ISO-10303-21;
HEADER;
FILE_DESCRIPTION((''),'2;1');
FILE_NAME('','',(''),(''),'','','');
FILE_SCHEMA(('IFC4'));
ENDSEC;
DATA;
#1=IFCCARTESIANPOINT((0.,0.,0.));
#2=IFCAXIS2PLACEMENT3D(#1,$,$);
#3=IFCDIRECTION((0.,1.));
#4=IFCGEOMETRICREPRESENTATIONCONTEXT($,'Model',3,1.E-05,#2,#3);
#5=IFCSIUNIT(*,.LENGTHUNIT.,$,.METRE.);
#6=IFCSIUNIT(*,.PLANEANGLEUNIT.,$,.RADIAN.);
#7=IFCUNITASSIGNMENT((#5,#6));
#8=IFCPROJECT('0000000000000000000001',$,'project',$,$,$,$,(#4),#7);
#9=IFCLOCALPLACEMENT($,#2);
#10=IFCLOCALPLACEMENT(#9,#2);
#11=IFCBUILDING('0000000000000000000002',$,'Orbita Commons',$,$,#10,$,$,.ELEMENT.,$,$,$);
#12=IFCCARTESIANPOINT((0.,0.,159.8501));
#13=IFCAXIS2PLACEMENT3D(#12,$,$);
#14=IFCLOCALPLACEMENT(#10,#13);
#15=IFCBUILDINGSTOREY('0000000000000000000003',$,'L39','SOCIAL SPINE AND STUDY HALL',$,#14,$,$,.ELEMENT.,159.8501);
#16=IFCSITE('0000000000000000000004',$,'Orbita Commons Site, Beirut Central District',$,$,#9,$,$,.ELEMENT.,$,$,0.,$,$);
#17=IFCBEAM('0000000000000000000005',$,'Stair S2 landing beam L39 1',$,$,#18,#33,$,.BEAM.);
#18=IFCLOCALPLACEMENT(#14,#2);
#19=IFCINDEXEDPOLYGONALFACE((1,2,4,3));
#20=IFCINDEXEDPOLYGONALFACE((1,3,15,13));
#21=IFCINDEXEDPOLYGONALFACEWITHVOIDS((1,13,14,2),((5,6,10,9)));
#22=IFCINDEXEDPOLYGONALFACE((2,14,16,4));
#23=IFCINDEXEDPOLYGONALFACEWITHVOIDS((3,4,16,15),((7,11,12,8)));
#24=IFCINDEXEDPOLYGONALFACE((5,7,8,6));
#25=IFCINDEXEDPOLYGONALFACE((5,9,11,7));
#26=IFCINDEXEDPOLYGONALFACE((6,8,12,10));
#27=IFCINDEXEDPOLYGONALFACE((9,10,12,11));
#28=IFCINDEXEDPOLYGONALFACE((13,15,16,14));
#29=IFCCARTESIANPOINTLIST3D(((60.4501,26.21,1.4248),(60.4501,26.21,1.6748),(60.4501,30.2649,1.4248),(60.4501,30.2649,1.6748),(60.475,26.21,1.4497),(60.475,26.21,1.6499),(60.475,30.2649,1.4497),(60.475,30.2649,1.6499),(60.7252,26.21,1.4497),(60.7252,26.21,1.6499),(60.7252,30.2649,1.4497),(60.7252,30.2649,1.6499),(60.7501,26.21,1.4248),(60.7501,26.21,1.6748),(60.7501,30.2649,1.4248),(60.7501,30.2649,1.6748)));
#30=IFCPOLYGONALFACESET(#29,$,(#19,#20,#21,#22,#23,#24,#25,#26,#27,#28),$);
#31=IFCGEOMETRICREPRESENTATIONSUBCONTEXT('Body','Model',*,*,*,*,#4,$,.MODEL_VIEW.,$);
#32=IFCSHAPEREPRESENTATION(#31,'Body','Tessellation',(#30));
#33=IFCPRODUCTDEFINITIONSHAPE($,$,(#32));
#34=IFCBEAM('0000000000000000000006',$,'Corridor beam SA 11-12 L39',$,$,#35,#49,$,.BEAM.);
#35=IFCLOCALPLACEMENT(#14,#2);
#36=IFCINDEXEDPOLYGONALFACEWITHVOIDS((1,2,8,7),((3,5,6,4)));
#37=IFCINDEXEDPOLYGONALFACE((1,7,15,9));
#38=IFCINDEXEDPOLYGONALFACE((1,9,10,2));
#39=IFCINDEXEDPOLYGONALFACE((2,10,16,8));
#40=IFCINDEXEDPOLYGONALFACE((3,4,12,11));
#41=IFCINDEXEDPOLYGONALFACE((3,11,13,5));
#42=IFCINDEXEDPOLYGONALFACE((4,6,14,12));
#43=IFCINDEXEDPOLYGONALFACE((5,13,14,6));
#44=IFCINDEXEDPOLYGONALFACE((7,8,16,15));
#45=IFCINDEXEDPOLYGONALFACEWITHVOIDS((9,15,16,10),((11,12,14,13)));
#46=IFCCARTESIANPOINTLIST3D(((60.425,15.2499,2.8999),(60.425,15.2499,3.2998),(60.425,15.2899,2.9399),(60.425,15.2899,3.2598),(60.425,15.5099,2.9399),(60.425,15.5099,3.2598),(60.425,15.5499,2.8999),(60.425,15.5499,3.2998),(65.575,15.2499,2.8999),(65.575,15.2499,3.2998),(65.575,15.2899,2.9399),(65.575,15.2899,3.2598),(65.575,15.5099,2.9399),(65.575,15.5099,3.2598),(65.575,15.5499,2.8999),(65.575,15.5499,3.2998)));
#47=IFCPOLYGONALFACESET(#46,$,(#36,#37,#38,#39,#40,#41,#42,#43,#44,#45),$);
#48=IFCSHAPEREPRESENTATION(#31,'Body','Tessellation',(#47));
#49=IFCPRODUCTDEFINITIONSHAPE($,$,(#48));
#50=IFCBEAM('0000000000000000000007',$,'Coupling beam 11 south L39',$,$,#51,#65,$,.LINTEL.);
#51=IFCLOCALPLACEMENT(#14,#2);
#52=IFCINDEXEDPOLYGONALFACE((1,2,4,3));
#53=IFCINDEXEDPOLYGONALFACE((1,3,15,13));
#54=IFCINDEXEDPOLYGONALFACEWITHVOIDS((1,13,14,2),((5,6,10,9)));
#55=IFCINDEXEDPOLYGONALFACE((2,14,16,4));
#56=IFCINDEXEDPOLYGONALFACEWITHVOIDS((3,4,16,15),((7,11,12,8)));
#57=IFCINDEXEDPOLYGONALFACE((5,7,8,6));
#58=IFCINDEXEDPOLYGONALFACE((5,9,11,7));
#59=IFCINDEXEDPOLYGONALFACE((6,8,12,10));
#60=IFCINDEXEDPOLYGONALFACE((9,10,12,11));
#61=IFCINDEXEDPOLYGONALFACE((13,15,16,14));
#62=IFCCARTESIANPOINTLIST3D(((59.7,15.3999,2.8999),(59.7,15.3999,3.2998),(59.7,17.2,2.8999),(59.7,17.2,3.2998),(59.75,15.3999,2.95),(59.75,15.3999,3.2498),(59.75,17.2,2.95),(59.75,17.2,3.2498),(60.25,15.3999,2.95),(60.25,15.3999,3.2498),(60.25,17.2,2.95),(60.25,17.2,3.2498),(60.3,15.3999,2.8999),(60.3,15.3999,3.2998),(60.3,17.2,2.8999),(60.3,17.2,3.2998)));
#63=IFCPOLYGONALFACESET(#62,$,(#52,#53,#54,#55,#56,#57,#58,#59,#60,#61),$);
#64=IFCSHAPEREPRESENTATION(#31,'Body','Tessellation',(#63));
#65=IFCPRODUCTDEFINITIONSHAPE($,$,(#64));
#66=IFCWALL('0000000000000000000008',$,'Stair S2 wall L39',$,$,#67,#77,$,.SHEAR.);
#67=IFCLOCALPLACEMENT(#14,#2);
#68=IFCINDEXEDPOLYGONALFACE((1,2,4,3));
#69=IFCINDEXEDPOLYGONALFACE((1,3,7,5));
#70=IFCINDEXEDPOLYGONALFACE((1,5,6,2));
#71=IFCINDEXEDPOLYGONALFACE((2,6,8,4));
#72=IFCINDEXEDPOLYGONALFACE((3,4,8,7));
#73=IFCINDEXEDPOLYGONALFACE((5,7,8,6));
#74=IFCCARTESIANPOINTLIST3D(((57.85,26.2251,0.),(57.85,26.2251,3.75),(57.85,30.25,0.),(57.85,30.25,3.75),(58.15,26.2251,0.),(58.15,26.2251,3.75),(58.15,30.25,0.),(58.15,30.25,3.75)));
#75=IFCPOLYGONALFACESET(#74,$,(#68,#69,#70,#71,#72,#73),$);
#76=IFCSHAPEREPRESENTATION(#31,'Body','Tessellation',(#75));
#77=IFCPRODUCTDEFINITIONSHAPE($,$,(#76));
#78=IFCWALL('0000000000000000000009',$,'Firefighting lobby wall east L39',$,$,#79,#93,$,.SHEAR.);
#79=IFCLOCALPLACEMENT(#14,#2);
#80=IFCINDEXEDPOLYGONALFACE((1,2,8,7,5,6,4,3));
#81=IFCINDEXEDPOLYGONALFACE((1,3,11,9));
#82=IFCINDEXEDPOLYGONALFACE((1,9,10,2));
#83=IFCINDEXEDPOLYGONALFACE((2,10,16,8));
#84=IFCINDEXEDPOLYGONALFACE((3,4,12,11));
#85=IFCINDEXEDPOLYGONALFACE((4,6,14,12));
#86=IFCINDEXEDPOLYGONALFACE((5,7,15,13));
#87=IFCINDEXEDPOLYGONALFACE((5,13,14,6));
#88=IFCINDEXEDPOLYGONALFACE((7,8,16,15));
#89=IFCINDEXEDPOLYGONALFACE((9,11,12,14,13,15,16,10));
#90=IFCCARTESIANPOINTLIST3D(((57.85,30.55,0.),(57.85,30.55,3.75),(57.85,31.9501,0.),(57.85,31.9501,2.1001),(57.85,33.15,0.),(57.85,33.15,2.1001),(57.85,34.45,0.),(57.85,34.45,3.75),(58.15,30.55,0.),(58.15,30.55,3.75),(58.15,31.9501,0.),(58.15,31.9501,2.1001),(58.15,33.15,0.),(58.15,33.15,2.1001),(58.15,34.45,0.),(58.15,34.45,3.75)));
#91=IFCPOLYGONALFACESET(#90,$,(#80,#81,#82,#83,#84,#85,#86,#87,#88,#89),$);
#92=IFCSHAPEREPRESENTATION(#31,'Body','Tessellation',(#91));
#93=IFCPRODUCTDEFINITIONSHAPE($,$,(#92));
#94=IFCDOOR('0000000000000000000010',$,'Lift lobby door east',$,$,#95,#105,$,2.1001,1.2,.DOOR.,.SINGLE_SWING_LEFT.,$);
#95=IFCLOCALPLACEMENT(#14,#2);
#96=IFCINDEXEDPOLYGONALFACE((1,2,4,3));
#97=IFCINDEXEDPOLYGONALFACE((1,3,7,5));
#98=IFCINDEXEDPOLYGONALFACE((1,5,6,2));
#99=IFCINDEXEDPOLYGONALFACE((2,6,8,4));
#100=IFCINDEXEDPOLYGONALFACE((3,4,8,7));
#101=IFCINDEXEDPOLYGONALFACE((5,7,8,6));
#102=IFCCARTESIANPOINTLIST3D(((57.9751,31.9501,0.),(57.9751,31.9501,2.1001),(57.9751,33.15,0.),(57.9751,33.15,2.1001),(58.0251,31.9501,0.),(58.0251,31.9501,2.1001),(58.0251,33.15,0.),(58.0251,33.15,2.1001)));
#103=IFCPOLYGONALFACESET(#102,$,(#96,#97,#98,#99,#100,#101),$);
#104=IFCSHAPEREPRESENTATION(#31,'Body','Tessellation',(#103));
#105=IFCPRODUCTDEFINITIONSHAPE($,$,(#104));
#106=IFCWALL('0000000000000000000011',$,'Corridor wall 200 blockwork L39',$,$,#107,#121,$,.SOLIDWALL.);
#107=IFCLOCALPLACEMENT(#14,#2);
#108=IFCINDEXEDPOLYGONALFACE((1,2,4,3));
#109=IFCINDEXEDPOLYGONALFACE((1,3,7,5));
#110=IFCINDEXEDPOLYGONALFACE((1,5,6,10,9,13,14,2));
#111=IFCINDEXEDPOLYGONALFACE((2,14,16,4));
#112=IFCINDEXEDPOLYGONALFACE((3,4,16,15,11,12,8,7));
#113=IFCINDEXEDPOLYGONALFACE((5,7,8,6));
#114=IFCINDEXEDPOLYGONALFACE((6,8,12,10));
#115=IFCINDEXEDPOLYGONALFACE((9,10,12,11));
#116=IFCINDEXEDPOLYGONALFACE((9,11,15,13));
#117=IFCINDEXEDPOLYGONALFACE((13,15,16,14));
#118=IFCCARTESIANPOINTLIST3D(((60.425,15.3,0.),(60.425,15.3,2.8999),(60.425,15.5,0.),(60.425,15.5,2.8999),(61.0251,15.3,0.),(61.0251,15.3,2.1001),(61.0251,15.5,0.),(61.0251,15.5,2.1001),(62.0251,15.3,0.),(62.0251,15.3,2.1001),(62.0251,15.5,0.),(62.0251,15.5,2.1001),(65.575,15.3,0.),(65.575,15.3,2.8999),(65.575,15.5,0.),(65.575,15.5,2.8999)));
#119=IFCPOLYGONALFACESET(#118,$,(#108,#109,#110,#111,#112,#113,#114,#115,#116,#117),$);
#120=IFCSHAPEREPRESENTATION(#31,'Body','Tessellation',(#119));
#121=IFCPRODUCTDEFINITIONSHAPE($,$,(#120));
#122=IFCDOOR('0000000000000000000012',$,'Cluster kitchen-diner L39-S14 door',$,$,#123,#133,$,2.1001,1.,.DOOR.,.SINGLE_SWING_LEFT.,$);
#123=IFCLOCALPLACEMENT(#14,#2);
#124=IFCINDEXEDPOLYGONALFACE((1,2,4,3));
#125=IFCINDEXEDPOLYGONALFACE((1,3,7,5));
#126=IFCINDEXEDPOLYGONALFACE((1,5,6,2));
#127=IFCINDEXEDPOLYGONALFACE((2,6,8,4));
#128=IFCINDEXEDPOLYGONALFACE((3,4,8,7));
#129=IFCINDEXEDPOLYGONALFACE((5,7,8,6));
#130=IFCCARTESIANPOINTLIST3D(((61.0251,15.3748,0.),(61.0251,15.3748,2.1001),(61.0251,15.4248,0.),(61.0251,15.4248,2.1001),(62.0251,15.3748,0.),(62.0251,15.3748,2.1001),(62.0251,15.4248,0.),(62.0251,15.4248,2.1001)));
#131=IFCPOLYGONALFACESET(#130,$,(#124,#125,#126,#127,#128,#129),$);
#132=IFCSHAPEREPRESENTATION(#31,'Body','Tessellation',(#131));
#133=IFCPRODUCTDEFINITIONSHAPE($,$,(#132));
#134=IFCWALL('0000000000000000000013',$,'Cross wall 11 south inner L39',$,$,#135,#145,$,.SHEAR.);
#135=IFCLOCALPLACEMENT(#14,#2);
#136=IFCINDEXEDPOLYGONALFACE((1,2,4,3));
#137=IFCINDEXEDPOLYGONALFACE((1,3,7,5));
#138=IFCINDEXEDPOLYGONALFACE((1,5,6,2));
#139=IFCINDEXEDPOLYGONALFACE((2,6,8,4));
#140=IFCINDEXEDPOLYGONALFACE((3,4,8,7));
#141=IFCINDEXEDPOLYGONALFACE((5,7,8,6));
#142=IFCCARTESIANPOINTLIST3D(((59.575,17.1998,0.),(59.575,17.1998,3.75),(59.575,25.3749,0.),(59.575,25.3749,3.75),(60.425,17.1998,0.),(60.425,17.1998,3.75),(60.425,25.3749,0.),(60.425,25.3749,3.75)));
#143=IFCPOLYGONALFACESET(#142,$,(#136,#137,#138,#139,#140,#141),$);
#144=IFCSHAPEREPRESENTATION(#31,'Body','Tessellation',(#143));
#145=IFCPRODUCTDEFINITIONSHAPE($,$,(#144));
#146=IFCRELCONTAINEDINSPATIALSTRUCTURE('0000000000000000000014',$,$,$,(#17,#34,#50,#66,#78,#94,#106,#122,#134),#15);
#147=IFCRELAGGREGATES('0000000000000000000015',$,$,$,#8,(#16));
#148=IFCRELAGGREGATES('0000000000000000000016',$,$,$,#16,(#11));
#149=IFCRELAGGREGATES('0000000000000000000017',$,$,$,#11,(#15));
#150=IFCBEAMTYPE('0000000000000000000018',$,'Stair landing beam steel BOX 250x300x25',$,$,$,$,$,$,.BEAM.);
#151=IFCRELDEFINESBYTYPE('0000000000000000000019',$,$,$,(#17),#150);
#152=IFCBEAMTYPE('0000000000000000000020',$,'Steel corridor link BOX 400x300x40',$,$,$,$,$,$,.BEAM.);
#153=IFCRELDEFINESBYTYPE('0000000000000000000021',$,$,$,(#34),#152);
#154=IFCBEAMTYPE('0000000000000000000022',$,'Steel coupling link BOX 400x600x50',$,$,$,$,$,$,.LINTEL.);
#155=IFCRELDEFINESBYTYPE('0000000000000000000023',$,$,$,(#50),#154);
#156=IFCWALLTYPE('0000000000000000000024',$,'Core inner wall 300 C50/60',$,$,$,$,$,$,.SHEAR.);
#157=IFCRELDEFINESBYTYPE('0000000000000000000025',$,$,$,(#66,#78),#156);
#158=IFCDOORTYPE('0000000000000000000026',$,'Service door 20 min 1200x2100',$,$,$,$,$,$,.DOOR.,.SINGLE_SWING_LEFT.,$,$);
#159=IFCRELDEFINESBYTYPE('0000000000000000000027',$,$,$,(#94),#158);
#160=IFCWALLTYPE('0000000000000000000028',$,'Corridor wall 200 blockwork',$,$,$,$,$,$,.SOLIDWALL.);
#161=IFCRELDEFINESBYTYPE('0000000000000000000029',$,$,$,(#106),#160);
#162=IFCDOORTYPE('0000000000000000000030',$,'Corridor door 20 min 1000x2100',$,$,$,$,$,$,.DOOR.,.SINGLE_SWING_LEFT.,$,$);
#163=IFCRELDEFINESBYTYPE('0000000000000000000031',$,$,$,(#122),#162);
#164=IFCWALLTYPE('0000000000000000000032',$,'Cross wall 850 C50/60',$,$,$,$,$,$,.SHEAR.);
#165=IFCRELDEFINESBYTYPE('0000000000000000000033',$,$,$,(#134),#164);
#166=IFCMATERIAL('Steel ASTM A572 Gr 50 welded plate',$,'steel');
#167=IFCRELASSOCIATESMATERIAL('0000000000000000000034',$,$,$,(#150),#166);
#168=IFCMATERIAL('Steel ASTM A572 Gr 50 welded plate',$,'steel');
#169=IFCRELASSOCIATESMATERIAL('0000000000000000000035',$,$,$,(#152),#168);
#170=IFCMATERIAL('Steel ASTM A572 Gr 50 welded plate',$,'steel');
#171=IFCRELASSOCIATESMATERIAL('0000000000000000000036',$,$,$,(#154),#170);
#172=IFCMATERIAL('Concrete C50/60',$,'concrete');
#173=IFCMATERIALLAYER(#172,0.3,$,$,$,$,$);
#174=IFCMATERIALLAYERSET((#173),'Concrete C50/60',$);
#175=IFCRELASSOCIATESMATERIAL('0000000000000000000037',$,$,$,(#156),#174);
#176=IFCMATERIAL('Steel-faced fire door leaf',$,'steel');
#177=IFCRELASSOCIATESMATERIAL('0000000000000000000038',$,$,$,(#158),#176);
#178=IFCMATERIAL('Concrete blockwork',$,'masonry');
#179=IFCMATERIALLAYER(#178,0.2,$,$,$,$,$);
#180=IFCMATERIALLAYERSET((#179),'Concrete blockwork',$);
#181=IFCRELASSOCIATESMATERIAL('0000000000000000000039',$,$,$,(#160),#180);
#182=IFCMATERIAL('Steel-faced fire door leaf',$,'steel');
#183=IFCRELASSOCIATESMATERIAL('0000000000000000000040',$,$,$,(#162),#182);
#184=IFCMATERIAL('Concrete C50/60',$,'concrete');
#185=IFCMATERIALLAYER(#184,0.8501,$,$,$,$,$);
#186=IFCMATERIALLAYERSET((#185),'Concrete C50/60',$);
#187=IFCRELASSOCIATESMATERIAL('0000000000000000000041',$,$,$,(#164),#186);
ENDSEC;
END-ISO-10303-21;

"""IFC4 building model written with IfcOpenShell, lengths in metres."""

from ifc_helpers import new_model, si_unit, direction, frame, frame_2d, origin, origin_2d, place, context, subcontext, project, spatial, polyline, rectangle, hollow_rectangle, outline, extrude, material, layer, layer_set, material_profile, profile_set, type_object, element, fill, save


model = new_model("IFC4")

# Units and contexts
model_context = context("Model", 3, precision=1e-05, world=origin(), true_north=direction((0.0, 1.0)))
body_context = subcontext(model_context, "Body", "Model", "MODEL_VIEW")
ifc_project = project(units=[si_unit("LENGTHUNIT", "METRE"), si_unit("PLANEANGLEUNIT", "RADIAN")], contexts=[model_context])

# Site, building, storey
site_placement = place(None, origin())
site = spatial("IfcSite", under=ifc_project, at=site_placement, Name="Orbita Commons Site, Beirut Central District", CompositionType="ELEMENT", RefElevation=0.0)
building_placement = place(site_placement, origin())
building = spatial("IfcBuilding", under=site, at=building_placement, Name="Orbita Commons", CompositionType="ELEMENT")
storey_placement = place(building_placement, frame((0.0, 0.0, 159.8501)))
storey = spatial("IfcBuildingStorey", under=building, at=storey_placement, Name="L39", Description="SOCIAL SPINE AND STUDY HALL", CompositionType="ELEMENT", Elevation=159.8501)

# Beams
ifc_material_1 = material(Name="Steel ASTM A572 Gr 50 welded plate", Category="steel")
ifc_material_profile_1 = material_profile(ifc_material_1, hollow_rectangle(XDim=0.3, YDim=0.25, WallThickness=0.0249, at=origin_2d()), Name="BOX 250x300x25")
ifc_profile_set_1 = profile_set([ifc_material_profile_1], Name="Steel ASTM A572 Gr 50 welded plate")
beam_type_1 = type_object("IfcBeamType", Name="Stair landing beam steel BOX 250x300x25", PredefinedType="BEAM", material=ifc_profile_set_1)
beam_1_placement = place(storey_placement, frame((60.6001, 26.21, 1.5498), z_axis=(0.0, 1.0, 0.0), x_axis=(-1.0, 0.0, 0.0)))
element("IfcBeam", 1, at=beam_1_placement, inside=storey, type_object=beam_type_1, Name="Stair S2 landing beam L39 1", PredefinedType="BEAM", context=body_context, shape_type="SweptSolid", body=[
    extrude(hollow_rectangle(XDim=0.3, YDim=0.25, WallThickness=0.0249, at=origin_2d()), origin(), (0.0, 0.0, 1.0), 4.0549),
])
ifc_material_2 = material(Name="Steel ASTM A572 Gr 50 welded plate", Category="steel")
ifc_material_profile_2 = material_profile(ifc_material_2, hollow_rectangle(XDim=0.3, YDim=0.3999, WallThickness=0.04, at=origin_2d()), Name="BOX 400x300x40")
ifc_profile_set_2 = profile_set([ifc_material_profile_2], Name="Steel ASTM A572 Gr 50 welded plate")
beam_type_2 = type_object("IfcBeamType", Name="Steel corridor link BOX 400x300x40", PredefinedType="BEAM", material=ifc_profile_set_2)
beam_2_placement = place(storey_placement, frame((60.425, 15.3999, 3.0999), z_axis=(1.0, 0.0, 0.0), x_axis=(0.0, 1.0, 0.0)))
element("IfcBeam", 2, at=beam_2_placement, inside=storey, type_object=beam_type_2, Name="Corridor beam SA 11-12 L39", PredefinedType="BEAM", context=body_context, shape_type="SweptSolid", body=[
    extrude(hollow_rectangle(XDim=0.3, YDim=0.3999, WallThickness=0.04, at=origin_2d()), origin(), (0.0, 0.0, 1.0), 5.1499),
])
ifc_material_3 = material(Name="Steel ASTM A572 Gr 50 welded plate", Category="steel")
ifc_material_profile_3 = material_profile(ifc_material_3, hollow_rectangle(XDim=0.6001, YDim=0.3999, WallThickness=0.05, at=origin_2d()), Name="BOX 400x600x50")
ifc_profile_set_3 = profile_set([ifc_material_profile_3], Name="Steel ASTM A572 Gr 50 welded plate")
beam_type_3 = type_object("IfcBeamType", Name="Steel coupling link BOX 400x600x50", PredefinedType="LINTEL", material=ifc_profile_set_3)
beam_3_placement = place(storey_placement, frame((60.0, 15.3999, 3.0999), z_axis=(0.0, 1.0, 0.0), x_axis=(-1.0, 0.0, 0.0)))
element("IfcBeam", 3, at=beam_3_placement, inside=storey, type_object=beam_type_3, Name="Coupling beam 11 south L39", PredefinedType="LINTEL", context=body_context, shape_type="SweptSolid", body=[
    extrude(hollow_rectangle(XDim=0.6001, YDim=0.3999, WallThickness=0.05, at=origin_2d()), origin(), (0.0, 0.0, 1.0), 1.8),
])

# Wall
ifc_material_4 = material(Name="Concrete C50/60", Category="concrete")
ifc_layer_1 = layer(ifc_material_4, 0.3)
ifc_layer_set_1 = layer_set([ifc_layer_1], Name="Concrete C50/60")
wall_type_1 = type_object("IfcWallType", Name="Core inner wall 300 C50/60", PredefinedType="SHEAR", material=ifc_layer_set_1)
wall_1_placement = place(storey_placement, frame((58.0, 26.2251, 0.0), z_axis=(0.0, 0.0, 1.0), x_axis=(0.0, 1.0, 0.0)))
element("IfcWall", 4, at=wall_1_placement, inside=storey, type_object=wall_type_1, Name="Stair S2 wall L39", PredefinedType="SHEAR", context=body_context, shape_type="SweptSolid", body=[
    extrude(rectangle(XDim=4.0249, YDim=0.3, at=frame_2d((2.0125, 0.0))), origin(), (0.0, 0.0, 1.0), 3.75),
])

# Walls, openings, doors
wall_2_placement = place(storey_placement, frame((58.0, 30.55, 0.0), z_axis=(0.0, 0.0, 1.0), x_axis=(0.0, 1.0, 0.0)))
wall_2 = element("IfcWall", 5, at=wall_2_placement, inside=storey, type_object=wall_type_1, Name="Firefighting lobby wall east L39", PredefinedType="SHEAR", context=body_context, shape_type="SweptSolid", body=[
    extrude(rectangle(XDim=3.8999, YDim=0.3, at=frame_2d((1.95, 0.0))), origin(), (0.0, 0.0, 1.0), 3.75),
])
opening_1_placement = place(wall_2_placement, frame((1.3999, 0.0, 0.0)))
opening_1 = element("IfcOpeningElement", 6, at=opening_1_placement, cuts=wall_2, PredefinedType="OPENING", context=body_context, shape_type="SweptSolid", body=[
    extrude(rectangle(XDim=1.2, YDim=2.1001, at=frame_2d((0.6001, 1.05))), frame((0.0, 0.1599, 0.0), z_axis=(0.0, -1.0, 0.0), x_axis=(1.0, 0.0, 0.0)), (0.0, 0.0, 1.0), 0.3201),
])
ifc_material_5 = material(Name="Steel-faced fire door leaf", Category="steel")
door_type_1 = type_object("IfcDoorType", Name="Service door 20 min 1200x2100", OperationType="SINGLE_SWING_LEFT", PredefinedType="DOOR", material=ifc_material_5)
door_1_placement = place(opening_1_placement, origin())
door_1 = element("IfcDoor", 7, at=door_1_placement, inside=storey, type_object=door_type_1, Name="Lift lobby door east", OperationType="SINGLE_SWING_LEFT", OverallHeight=2.1001, OverallWidth=1.2, PredefinedType="DOOR", context=body_context, shape_type="SweptSolid", body=[
    extrude(rectangle(XDim=1.2, YDim=2.1001, at=frame_2d((0.6001, 1.05))), frame((0.0, 0.0249, 0.0), z_axis=(0.0, -1.0, 0.0), x_axis=(1.0, 0.0, 0.0)), (0.0, 0.0, 1.0), 0.05),
])
fill(opening_1, door_1)
ifc_material_6 = material(Name="Concrete blockwork", Category="masonry")
ifc_layer_2 = layer(ifc_material_6, 0.2)
ifc_layer_set_2 = layer_set([ifc_layer_2], Name="Concrete blockwork")
wall_type_2 = type_object("IfcWallType", Name="Corridor wall 200 blockwork", PredefinedType="SOLIDWALL", material=ifc_layer_set_2)
wall_3_placement = place(storey_placement, frame((60.425, 15.3999, 0.0), z_axis=(0.0, 0.0, 1.0), x_axis=(1.0, 0.0, 0.0)))
wall_3 = element("IfcWall", 8, at=wall_3_placement, inside=storey, type_object=wall_type_2, Name="Corridor wall 200 blockwork L39", PredefinedType="SOLIDWALL", context=body_context, shape_type="SweptSolid", body=[
    extrude(outline(polyline([(0.0, 0.0), (5.1499, 0.0), (5.1499, 2.8999), (0.0, 2.8999), (0.0, 0.0)])), frame((0.0, 0.1001, 0.0), z_axis=(0.0, -1.0, 0.0), x_axis=(1.0, 0.0, 0.0)), (0.0, 0.0, 1.0), 0.2),
])
opening_2_placement = place(wall_3_placement, frame((0.6001, 0.0, 0.0)))
opening_2 = element("IfcOpeningElement", 9, at=opening_2_placement, cuts=wall_3, PredefinedType="OPENING", context=body_context, shape_type="SweptSolid", body=[
    extrude(rectangle(XDim=1.0, YDim=2.1001, at=frame_2d((0.5, 1.05))), frame((0.0, 0.1099, 0.0), z_axis=(0.0, -1.0, 0.0), x_axis=(1.0, 0.0, 0.0)), (0.0, 0.0, 1.0), 0.22),
])
ifc_material_7 = material(Name="Steel-faced fire door leaf", Category="steel")
door_type_2 = type_object("IfcDoorType", Name="Corridor door 20 min 1000x2100", OperationType="SINGLE_SWING_LEFT", PredefinedType="DOOR", material=ifc_material_7)
door_2_placement = place(opening_2_placement, origin())
door_2 = element("IfcDoor", 10, at=door_2_placement, inside=storey, type_object=door_type_2, Name="Cluster kitchen-diner L39-S14 door", OperationType="SINGLE_SWING_LEFT", OverallHeight=2.1001, OverallWidth=1.0, PredefinedType="DOOR", context=body_context, shape_type="SweptSolid", body=[
    extrude(rectangle(XDim=1.0, YDim=2.1001, at=frame_2d((0.5, 1.05))), frame((0.0, 0.0249, 0.0), z_axis=(0.0, -1.0, 0.0), x_axis=(1.0, 0.0, 0.0)), (0.0, 0.0, 1.0), 0.05),
])
fill(opening_2, door_2)

# Wall
ifc_material_8 = material(Name="Concrete C50/60", Category="concrete")
ifc_layer_3 = layer(ifc_material_8, 0.8501)
ifc_layer_set_3 = layer_set([ifc_layer_3], Name="Concrete C50/60")
wall_type_3 = type_object("IfcWallType", Name="Cross wall 850 C50/60", PredefinedType="SHEAR", material=ifc_layer_set_3)
wall_4_placement = place(storey_placement, frame((60.0, 17.2, 0.0), z_axis=(0.0, 0.0, 1.0), x_axis=(0.0, 1.0, 0.0)))
element("IfcWall", 11, at=wall_4_placement, inside=storey, type_object=wall_type_3, Name="Cross wall 11 south inner L39", PredefinedType="SHEAR", context=body_context, shape_type="SweptSolid", body=[
    extrude(rectangle(XDim=8.175, YDim=0.8501, at=frame_2d((4.0874, 0.0))), origin(), (0.0, 0.0, 1.0), 3.75),
])

save(model, "model.ifc")
